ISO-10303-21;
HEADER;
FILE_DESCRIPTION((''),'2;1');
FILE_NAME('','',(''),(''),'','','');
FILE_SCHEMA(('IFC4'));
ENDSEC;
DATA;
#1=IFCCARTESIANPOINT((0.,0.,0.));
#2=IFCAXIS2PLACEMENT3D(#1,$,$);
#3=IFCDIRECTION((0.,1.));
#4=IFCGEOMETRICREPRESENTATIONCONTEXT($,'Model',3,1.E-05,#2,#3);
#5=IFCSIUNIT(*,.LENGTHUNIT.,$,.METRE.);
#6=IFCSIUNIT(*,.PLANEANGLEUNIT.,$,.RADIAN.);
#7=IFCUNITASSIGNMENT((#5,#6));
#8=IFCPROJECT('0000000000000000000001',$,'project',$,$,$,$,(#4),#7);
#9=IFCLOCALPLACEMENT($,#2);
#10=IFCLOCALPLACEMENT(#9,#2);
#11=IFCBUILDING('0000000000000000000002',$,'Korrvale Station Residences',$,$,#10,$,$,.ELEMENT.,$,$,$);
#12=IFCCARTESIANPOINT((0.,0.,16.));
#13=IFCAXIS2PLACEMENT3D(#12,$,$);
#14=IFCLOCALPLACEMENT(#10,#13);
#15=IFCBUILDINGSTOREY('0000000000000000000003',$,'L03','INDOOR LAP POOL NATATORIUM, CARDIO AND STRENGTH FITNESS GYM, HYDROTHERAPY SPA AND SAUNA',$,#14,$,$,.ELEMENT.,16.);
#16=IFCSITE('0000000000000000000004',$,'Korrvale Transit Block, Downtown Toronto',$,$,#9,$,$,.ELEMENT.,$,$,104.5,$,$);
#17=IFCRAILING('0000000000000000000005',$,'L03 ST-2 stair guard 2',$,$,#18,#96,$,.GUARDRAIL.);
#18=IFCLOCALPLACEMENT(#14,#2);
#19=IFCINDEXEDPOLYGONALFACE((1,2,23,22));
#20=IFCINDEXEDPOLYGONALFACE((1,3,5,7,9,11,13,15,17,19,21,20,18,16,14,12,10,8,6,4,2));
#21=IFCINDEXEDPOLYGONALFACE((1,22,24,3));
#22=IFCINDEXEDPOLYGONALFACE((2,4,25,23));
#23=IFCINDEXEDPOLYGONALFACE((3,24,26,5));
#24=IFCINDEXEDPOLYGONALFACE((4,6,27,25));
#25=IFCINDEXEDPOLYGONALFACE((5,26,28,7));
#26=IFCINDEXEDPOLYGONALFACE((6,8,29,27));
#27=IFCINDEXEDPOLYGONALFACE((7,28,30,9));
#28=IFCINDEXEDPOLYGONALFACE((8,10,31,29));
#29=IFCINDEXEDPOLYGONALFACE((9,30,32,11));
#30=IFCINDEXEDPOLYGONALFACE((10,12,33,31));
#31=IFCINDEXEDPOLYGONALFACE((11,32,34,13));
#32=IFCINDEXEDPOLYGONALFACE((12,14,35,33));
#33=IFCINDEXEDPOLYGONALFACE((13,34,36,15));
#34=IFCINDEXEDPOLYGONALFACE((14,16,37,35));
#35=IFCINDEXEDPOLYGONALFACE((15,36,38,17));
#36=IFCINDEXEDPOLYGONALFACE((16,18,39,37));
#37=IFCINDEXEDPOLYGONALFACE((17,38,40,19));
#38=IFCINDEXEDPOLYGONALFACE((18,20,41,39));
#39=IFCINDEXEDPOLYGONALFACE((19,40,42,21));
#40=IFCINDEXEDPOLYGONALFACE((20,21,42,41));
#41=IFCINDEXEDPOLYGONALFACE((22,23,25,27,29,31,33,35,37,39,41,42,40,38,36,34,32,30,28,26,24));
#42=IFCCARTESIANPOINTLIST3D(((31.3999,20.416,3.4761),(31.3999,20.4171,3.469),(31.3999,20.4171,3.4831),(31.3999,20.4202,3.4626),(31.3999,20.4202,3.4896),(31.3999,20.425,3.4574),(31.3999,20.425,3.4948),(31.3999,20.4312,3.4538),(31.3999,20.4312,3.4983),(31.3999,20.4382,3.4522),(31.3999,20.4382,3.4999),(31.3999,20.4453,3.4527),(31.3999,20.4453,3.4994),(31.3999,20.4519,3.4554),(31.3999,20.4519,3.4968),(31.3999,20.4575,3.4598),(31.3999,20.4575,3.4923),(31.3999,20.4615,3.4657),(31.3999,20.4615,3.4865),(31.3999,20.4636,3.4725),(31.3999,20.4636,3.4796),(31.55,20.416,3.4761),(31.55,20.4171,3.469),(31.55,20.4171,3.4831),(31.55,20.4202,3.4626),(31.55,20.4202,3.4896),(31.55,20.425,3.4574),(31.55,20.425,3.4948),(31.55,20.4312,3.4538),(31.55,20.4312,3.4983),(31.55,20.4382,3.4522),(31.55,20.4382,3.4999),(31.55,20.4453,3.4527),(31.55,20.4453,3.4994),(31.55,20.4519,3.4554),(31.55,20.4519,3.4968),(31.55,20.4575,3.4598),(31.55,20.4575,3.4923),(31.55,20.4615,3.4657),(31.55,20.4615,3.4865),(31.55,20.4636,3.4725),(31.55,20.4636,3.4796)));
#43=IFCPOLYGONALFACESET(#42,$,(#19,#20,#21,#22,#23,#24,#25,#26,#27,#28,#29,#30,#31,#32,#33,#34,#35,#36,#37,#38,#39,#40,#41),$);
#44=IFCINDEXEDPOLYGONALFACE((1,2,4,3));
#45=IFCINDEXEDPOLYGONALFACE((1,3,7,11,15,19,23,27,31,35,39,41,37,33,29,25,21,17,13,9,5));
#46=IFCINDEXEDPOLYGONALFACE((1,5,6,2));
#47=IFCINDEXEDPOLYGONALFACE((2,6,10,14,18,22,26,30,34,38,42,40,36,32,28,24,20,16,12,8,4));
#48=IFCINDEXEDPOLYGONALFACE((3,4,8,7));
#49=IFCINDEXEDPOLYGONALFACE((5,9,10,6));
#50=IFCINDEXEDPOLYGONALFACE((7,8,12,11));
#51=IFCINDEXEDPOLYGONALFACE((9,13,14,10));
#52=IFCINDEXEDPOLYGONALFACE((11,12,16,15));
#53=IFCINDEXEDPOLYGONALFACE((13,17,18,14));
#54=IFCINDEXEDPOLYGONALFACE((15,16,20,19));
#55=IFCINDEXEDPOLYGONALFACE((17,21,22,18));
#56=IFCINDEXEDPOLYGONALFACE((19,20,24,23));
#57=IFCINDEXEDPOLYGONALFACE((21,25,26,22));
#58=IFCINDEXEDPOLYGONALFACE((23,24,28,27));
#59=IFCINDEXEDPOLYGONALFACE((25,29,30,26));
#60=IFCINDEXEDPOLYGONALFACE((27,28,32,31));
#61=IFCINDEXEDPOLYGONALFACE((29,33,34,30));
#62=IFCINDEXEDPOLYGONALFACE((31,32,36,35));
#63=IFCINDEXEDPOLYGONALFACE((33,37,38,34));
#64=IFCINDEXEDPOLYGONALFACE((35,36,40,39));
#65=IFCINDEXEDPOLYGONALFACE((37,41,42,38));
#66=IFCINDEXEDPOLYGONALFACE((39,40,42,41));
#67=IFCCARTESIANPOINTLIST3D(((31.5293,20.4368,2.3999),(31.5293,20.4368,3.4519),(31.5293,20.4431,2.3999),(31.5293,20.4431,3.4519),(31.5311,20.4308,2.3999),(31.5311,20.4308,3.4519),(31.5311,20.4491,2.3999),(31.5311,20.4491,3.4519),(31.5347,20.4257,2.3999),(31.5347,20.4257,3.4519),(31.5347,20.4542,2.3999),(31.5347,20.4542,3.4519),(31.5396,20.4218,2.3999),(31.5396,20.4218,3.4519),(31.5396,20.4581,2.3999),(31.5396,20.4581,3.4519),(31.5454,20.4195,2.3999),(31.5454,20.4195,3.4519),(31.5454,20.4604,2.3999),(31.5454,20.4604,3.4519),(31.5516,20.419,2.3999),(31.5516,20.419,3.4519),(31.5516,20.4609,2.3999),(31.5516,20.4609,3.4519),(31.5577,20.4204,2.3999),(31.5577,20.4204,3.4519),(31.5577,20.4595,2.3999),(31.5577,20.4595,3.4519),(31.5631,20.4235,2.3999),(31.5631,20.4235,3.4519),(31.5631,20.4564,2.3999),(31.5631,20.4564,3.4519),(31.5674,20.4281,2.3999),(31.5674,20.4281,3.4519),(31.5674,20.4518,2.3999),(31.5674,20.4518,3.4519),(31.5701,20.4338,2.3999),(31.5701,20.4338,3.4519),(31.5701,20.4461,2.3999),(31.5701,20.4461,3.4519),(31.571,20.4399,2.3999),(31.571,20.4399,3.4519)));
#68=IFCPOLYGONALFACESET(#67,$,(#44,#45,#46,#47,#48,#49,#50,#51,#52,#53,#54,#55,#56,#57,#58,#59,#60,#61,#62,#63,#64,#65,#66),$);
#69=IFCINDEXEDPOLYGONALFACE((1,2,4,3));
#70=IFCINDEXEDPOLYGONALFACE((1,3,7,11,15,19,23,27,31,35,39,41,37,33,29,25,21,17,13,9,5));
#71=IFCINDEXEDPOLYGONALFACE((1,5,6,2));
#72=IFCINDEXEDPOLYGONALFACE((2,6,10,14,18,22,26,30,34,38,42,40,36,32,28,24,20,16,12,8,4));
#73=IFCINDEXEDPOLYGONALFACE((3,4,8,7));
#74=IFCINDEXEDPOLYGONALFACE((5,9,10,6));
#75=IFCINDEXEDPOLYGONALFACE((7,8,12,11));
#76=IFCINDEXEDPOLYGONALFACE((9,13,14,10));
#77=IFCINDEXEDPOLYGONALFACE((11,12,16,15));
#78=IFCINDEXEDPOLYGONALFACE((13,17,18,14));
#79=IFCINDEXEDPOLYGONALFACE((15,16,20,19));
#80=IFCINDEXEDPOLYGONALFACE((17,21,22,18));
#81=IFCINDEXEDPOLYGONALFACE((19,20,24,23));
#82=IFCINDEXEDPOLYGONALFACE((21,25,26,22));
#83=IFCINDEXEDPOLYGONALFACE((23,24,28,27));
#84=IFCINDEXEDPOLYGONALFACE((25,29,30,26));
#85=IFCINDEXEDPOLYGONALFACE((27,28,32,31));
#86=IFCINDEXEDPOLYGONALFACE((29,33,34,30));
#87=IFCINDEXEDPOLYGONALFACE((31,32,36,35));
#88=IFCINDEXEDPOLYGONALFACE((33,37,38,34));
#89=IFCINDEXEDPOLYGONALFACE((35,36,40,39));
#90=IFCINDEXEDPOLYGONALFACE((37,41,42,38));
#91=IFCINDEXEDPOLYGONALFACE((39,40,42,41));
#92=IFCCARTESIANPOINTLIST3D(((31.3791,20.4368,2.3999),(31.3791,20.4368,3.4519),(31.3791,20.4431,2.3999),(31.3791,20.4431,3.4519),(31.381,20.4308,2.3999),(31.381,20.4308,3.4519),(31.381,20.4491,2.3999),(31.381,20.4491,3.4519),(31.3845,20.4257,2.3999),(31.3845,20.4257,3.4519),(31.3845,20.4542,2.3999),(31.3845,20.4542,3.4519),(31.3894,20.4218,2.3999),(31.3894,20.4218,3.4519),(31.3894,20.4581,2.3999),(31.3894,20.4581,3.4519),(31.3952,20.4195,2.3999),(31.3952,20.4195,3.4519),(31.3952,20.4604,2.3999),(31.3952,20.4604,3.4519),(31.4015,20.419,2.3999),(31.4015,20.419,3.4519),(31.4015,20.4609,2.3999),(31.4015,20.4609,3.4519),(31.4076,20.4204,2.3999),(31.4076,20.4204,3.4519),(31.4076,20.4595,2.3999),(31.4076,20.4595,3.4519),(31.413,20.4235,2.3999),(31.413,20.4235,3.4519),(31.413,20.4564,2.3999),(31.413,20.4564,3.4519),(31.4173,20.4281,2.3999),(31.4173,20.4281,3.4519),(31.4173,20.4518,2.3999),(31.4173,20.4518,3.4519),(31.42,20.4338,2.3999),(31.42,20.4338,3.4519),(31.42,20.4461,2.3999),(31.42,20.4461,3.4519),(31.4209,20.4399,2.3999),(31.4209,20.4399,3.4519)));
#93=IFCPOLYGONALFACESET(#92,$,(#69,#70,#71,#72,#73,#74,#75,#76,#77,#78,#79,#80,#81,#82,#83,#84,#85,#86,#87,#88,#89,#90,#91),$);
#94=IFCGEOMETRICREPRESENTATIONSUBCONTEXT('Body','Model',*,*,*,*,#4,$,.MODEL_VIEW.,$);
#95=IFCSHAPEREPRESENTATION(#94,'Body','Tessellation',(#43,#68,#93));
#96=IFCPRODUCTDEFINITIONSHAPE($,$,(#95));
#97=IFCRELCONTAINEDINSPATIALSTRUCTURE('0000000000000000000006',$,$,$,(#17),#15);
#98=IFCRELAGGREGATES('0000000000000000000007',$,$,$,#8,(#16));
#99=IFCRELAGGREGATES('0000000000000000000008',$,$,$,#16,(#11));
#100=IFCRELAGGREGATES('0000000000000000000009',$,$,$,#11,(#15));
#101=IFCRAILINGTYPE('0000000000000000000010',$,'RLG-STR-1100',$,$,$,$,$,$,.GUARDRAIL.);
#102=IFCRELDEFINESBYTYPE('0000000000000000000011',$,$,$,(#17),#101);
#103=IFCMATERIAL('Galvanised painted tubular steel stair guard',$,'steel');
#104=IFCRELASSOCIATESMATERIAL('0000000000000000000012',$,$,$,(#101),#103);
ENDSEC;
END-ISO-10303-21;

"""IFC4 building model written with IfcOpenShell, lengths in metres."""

from ifc_helpers import new_model, si_unit, direction, frame, origin, origin_2d, place, context, subcontext, project, spatial, circle, extrude, material, type_object, element, save


model = new_model("IFC4")

# Units and contexts
model_context = context("Model", 3, precision=1e-05, world=origin(), true_north=direction((0.0, 1.0)))
body_context = subcontext(model_context, "Body", "Model", "MODEL_VIEW")
ifc_project = project(units=[si_unit("LENGTHUNIT", "METRE"), si_unit("PLANEANGLEUNIT", "RADIAN")], contexts=[model_context])

# Site, building, storey
site_placement = place(None, origin())
site = spatial("IfcSite", under=ifc_project, at=site_placement, Name="Korrvale Transit Block, Downtown Toronto", CompositionType="ELEMENT", RefElevation=104.5)
building_placement = place(site_placement, origin())
building = spatial("IfcBuilding", under=site, at=building_placement, Name="Korrvale Station Residences", CompositionType="ELEMENT")
storey_placement = place(building_placement, frame((0.0, 0.0, 16.0)))
storey = spatial("IfcBuildingStorey", under=building, at=storey_placement, Name="L03", Description="INDOOR LAP POOL NATATORIUM, CARDIO AND STRENGTH FITNESS GYM, HYDROTHERAPY SPA AND SAUNA", CompositionType="ELEMENT", Elevation=16.0)

# Railing
ifc_material_1 = material(Name="Galvanised painted tubular steel stair guard", Category="steel")
railing_type_1 = type_object("IfcRailingType", Name="RLG-STR-1100", PredefinedType="GUARDRAIL", material=ifc_material_1)
railing_1_placement = place(storey_placement, frame((31.55, 20.4399, 2.3999)))
element("IfcRailing", 1, at=railing_1_placement, inside=storey, type_object=railing_type_1, Name="L03 ST-2 stair guard 2", PredefinedType="GUARDRAIL", context=body_context, shape_type="SweptSolid", body=[
    extrude(circle(Radius=0.0239, at=origin_2d()), frame((0.0, 0.0, 1.0762), z_axis=(-1.0, 0.0, 0.0), x_axis=(0.0, -1.0, 0.0)), (0.0, 0.0, 1.0), 0.1501),
    extrude(circle(Radius=0.021, at=origin_2d()), origin(), (0.0, 0.0, 1.0), 1.052),
    extrude(circle(Radius=0.021, at=origin_2d()), frame((-0.1501, 0.0, 0.0)), (0.0, 0.0, 1.0), 1.052),
])

save(model, "model.ifc")
